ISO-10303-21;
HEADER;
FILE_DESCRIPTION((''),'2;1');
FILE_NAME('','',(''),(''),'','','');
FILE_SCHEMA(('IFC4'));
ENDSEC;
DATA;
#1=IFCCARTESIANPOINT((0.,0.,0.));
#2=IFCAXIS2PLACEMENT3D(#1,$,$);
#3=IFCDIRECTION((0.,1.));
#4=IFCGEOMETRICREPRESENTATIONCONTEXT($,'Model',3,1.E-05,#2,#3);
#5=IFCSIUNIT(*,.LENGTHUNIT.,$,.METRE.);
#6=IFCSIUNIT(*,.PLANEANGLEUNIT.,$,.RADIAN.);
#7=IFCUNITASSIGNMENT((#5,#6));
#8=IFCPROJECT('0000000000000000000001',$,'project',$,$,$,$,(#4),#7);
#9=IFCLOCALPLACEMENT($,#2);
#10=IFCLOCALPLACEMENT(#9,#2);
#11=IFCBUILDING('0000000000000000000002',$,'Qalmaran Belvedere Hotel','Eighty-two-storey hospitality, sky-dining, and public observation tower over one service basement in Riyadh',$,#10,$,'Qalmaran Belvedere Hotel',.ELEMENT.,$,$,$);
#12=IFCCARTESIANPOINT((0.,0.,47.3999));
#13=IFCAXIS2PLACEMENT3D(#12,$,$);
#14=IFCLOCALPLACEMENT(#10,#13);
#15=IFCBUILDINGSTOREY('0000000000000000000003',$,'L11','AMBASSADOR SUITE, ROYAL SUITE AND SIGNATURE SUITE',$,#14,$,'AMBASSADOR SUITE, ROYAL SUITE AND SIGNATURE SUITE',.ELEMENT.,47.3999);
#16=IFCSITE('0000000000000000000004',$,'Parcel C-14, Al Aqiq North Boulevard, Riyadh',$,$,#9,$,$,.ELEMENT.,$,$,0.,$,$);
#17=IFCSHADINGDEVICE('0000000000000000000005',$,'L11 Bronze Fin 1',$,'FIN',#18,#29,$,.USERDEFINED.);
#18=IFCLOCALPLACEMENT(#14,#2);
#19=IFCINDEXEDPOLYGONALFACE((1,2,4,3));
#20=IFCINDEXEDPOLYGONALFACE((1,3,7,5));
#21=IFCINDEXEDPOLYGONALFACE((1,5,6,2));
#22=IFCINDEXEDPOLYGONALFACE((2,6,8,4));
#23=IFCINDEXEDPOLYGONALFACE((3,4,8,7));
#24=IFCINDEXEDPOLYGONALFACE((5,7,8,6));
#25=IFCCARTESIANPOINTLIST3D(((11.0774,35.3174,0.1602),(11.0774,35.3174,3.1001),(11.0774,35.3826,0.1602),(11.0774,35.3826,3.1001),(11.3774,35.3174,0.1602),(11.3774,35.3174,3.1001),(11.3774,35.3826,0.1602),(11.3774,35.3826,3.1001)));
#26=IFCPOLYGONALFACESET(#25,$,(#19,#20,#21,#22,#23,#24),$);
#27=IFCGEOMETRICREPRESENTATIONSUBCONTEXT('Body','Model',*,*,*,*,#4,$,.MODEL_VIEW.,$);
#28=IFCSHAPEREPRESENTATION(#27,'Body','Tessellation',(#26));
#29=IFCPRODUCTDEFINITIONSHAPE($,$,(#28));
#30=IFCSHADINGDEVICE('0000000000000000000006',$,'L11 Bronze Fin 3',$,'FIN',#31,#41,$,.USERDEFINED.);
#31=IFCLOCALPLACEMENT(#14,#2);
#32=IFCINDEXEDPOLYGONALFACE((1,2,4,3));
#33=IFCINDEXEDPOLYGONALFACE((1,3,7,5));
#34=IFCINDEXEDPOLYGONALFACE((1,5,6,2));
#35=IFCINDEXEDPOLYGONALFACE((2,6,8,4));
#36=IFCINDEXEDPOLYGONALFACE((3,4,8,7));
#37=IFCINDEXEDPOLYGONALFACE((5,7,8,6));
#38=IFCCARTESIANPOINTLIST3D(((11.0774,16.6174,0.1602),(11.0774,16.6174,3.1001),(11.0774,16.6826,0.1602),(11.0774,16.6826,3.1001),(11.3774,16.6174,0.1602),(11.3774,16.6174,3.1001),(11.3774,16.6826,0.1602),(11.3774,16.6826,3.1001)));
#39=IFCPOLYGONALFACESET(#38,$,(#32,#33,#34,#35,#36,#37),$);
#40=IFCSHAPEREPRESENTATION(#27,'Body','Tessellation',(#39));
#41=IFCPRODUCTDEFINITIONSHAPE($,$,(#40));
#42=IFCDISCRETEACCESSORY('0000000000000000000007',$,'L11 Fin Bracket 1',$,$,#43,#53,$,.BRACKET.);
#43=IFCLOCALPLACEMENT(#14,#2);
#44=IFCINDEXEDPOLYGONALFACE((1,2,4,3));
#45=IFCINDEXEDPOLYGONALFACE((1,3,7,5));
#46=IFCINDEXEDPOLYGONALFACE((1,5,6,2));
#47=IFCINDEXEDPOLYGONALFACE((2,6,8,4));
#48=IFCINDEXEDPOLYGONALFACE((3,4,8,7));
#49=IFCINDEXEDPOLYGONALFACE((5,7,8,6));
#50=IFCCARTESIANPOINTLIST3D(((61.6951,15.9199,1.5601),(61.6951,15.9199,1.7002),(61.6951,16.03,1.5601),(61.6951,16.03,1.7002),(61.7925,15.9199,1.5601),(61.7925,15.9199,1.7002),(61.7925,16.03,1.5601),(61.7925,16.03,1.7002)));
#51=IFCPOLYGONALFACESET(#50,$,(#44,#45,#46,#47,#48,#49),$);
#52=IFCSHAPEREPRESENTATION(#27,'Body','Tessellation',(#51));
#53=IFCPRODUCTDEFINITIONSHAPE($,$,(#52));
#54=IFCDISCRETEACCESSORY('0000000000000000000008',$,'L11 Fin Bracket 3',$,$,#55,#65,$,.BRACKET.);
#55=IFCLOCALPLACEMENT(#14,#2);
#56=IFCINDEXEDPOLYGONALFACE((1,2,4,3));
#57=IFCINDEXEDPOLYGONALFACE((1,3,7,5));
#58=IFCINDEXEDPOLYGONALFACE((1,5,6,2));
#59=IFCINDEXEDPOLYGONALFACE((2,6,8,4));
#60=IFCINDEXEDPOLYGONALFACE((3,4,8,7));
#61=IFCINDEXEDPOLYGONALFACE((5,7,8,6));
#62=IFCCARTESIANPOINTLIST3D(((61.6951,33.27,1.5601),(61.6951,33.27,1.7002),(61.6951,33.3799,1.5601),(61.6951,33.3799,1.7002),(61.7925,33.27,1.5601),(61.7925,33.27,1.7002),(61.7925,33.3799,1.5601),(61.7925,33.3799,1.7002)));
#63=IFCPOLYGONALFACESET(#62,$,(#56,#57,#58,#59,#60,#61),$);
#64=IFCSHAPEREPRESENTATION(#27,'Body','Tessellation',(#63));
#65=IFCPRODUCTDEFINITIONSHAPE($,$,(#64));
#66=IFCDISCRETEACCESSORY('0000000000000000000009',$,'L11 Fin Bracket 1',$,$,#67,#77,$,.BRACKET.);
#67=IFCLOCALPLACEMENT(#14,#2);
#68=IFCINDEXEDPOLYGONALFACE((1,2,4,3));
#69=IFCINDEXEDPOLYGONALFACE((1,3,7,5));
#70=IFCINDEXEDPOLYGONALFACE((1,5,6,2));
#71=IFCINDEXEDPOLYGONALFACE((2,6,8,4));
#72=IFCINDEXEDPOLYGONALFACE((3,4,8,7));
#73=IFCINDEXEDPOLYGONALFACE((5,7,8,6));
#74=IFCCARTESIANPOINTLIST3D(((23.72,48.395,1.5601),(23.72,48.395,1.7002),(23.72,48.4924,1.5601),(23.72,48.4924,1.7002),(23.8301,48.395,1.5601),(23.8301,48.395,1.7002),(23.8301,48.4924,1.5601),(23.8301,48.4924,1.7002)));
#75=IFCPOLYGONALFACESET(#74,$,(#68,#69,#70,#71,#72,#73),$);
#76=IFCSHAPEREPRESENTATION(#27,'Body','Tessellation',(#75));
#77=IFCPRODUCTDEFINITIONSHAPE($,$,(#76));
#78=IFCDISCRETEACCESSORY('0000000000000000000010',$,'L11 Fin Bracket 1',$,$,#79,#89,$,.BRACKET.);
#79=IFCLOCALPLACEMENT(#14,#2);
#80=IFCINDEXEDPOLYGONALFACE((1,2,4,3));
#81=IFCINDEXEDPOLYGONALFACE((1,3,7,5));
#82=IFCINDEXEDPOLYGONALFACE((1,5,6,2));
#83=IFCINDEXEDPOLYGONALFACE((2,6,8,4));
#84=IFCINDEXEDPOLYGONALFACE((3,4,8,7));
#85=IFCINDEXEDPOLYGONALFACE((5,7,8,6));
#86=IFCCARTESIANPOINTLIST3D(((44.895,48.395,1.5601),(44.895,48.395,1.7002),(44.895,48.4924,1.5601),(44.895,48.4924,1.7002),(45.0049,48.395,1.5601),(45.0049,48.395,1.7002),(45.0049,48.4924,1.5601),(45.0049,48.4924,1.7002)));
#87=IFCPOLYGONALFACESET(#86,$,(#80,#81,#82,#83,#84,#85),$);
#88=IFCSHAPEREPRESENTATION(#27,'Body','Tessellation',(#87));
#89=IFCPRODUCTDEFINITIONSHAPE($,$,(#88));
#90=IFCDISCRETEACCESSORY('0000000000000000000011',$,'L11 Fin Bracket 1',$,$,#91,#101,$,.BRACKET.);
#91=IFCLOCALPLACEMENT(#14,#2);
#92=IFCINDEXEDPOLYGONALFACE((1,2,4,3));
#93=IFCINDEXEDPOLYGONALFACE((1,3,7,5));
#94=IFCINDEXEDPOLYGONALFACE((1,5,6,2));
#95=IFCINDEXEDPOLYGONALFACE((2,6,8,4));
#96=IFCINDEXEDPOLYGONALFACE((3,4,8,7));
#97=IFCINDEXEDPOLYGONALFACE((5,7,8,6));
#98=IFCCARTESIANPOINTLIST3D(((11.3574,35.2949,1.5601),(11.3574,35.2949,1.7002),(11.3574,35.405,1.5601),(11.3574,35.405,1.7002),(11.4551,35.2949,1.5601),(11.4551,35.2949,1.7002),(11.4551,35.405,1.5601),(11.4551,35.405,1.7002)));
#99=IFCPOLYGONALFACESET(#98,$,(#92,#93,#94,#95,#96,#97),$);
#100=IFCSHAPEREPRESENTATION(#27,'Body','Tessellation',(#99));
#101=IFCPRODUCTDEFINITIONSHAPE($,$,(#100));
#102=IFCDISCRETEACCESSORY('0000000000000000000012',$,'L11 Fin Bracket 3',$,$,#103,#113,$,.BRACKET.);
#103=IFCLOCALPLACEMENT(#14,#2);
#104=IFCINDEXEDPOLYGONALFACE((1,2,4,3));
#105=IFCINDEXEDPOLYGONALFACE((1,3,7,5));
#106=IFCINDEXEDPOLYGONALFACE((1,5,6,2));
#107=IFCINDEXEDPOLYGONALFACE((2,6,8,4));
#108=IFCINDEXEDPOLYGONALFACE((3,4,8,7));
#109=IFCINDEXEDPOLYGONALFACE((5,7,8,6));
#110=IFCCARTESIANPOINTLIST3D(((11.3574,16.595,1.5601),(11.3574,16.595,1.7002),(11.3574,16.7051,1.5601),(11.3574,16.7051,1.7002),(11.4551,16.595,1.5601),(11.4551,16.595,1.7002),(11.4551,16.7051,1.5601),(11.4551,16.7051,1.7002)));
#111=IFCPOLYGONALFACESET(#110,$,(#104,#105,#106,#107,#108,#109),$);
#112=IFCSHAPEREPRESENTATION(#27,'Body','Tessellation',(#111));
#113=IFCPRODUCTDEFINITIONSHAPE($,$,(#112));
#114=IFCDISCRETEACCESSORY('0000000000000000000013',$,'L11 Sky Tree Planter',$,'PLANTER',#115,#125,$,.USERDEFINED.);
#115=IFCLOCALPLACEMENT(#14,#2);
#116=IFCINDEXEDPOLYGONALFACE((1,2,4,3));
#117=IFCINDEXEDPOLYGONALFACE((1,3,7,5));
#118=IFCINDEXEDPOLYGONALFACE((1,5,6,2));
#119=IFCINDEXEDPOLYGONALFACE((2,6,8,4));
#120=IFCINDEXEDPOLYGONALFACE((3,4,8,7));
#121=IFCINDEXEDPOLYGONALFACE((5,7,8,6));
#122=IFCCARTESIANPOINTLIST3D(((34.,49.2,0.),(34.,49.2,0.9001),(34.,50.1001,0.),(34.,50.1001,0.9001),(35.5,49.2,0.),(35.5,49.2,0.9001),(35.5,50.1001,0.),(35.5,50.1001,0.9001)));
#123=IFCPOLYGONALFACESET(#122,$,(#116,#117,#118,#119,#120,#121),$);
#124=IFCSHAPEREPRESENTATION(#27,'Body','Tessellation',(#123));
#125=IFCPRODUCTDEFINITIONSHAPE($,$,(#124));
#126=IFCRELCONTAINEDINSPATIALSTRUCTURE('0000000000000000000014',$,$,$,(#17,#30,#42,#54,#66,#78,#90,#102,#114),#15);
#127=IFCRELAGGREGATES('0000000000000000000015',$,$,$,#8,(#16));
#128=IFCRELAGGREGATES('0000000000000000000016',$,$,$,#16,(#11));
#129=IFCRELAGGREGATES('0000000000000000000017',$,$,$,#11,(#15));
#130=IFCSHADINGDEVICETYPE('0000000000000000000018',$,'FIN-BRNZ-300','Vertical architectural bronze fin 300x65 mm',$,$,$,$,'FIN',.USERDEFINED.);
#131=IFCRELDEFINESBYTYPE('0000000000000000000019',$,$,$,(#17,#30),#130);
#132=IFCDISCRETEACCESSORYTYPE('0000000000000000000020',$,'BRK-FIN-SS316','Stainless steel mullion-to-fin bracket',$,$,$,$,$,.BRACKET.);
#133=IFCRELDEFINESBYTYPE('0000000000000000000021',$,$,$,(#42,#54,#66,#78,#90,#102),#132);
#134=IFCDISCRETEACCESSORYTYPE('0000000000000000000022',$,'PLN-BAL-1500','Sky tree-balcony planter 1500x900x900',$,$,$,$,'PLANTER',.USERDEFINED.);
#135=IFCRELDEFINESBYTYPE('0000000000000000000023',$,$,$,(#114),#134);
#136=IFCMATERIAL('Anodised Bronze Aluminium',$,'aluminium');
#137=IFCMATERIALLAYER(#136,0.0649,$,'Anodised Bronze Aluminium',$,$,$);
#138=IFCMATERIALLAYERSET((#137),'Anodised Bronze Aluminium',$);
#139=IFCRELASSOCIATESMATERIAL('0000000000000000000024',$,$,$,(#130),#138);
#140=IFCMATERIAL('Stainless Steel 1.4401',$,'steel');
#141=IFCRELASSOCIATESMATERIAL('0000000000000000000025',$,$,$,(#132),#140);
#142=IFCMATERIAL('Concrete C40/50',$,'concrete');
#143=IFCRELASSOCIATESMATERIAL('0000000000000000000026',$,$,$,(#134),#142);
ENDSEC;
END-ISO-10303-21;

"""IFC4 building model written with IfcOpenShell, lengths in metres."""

from ifc_helpers import new_model, si_unit, direction, frame, origin, place, context, subcontext, project, spatial, polyline, outline, extrude, material, layer, layer_set, type_object, element, save


model = new_model("IFC4")

# Units and contexts
model_context = context("Model", 3, precision=1e-05, world=origin(), true_north=direction((0.0, 1.0)))
body_context = subcontext(model_context, "Body", "Model", "MODEL_VIEW")
ifc_project = project(units=[si_unit("LENGTHUNIT", "METRE"), si_unit("PLANEANGLEUNIT", "RADIAN")], contexts=[model_context])

# Site, building, storey
site_placement = place(None, origin())
site = spatial("IfcSite", under=ifc_project, at=site_placement, Name="Parcel C-14, Al Aqiq North Boulevard, Riyadh", CompositionType="ELEMENT", RefElevation=0.0)
building_placement = place(site_placement, origin())
building = spatial("IfcBuilding", under=site, at=building_placement, Name="Qalmaran Belvedere Hotel", Description="Eighty-two-storey hospitality, sky-dining, and public observation tower over one service basement in Riyadh", LongName="Qalmaran Belvedere Hotel", CompositionType="ELEMENT")
storey_placement = place(building_placement, frame((0.0, 0.0, 47.3999)))
storey = spatial("IfcBuildingStorey", under=building, at=storey_placement, Name="L11", Description="AMBASSADOR SUITE, ROYAL SUITE AND SIGNATURE SUITE", LongName="AMBASSADOR SUITE, ROYAL SUITE AND SIGNATURE SUITE", CompositionType="ELEMENT", Elevation=47.3999)

# Shared definitions
ifc_material_1 = material(Name="Anodised Bronze Aluminium", Category="aluminium")

# Shared definitions
ifc_material_2 = material(Name="Concrete C40/50", Category="concrete")

# Shading devices
ifc_layer_1 = layer(ifc_material_1, 0.0649, Name="Anodised Bronze Aluminium")
ifc_layer_set_1 = layer_set([ifc_layer_1], Name="Anodised Bronze Aluminium")
shading_device_type = type_object("IfcShadingDeviceType", Name="FIN-BRNZ-300", Description="Vertical architectural bronze fin 300x65 mm", ElementType="FIN", PredefinedType="USERDEFINED", material=ifc_layer_set_1)
shading_device_1_placement = place(storey_placement, frame((0.0, 0.0, 0.1602)))
element("IfcShadingDevice", 1, at=shading_device_1_placement, inside=storey, type_object=shading_device_type, Name="L11 Bronze Fin 1", ObjectType="FIN", PredefinedType="USERDEFINED", context=body_context, shape_type="SweptSolid", body=[
    extrude(outline(polyline([(11.3774, 35.3826), (11.0774, 35.3826), (11.0774, 35.3174), (11.3774, 35.3174), (11.3774, 35.3826)])), origin(), (0.0, 0.0, 1.0), 2.9399),
])
shading_device_2_placement = place(storey_placement, frame((0.0, 0.0, 0.1602)))
element("IfcShadingDevice", 2, at=shading_device_2_placement, inside=storey, type_object=shading_device_type, Name="L11 Bronze Fin 3", ObjectType="FIN", PredefinedType="USERDEFINED", context=body_context, shape_type="SweptSolid", body=[
    extrude(outline(polyline([(11.3774, 16.6826), (11.0774, 16.6826), (11.0774, 16.6174), (11.3774, 16.6174), (11.3774, 16.6826)])), origin(), (0.0, 0.0, 1.0), 2.9399),
])

# Discrete accessories
ifc_material_3 = material(Name="Stainless Steel 1.4401", Category="steel")
discrete_accessory_type_1 = type_object("IfcDiscreteAccessoryType", Name="BRK-FIN-SS316", Description="Stainless steel mullion-to-fin bracket", PredefinedType="BRACKET", material=ifc_material_3)
discrete_accessory_1_placement = place(storey_placement, frame((0.0, 0.0, 1.5601)))
element("IfcDiscreteAccessory", 3, at=discrete_accessory_1_placement, inside=storey, type_object=discrete_accessory_type_1, Name="L11 Fin Bracket 1", PredefinedType="BRACKET", context=body_context, shape_type="SweptSolid", body=[
    extrude(outline(polyline([(61.6951, 15.9199), (61.7925, 15.9199), (61.7925, 16.03), (61.6951, 16.03), (61.6951, 15.9199)])), origin(), (0.0, 0.0, 1.0), 0.1401),
])
discrete_accessory_2_placement = place(storey_placement, frame((0.0, 0.0, 1.5601)))
element("IfcDiscreteAccessory", 4, at=discrete_accessory_2_placement, inside=storey, type_object=discrete_accessory_type_1, Name="L11 Fin Bracket 3", PredefinedType="BRACKET", context=body_context, shape_type="SweptSolid", body=[
    extrude(outline(polyline([(61.6951, 33.27), (61.7925, 33.27), (61.7925, 33.3799), (61.6951, 33.3799), (61.6951, 33.27)])), origin(), (0.0, 0.0, 1.0), 0.1401),
])
discrete_accessory_3_placement = place(storey_placement, frame((0.0, 0.0, 1.5601)))
element("IfcDiscreteAccessory", 5, at=discrete_accessory_3_placement, inside=storey, type_object=discrete_accessory_type_1, Name="L11 Fin Bracket 1", PredefinedType="BRACKET", context=body_context, shape_type="SweptSolid", body=[
    extrude(outline(polyline([(23.8301, 48.395), (23.8301, 48.4924), (23.72, 48.4924), (23.72, 48.395), (23.8301, 48.395)])), origin(), (0.0, 0.0, 1.0), 0.1401),
])
discrete_accessory_4_placement = place(storey_placement, frame((0.0, 0.0, 1.5601)))
element("IfcDiscreteAccessory", 6, at=discrete_accessory_4_placement, inside=storey, type_object=discrete_accessory_type_1, Name="L11 Fin Bracket 1", PredefinedType="BRACKET", context=body_context, shape_type="SweptSolid", body=[
    extrude(outline(polyline([(45.0049, 48.395), (45.0049, 48.4924), (44.895, 48.4924), (44.895, 48.395), (45.0049, 48.395)])), origin(), (0.0, 0.0, 1.0), 0.1401),
])
discrete_accessory_5_placement = place(storey_placement, frame((0.0, 0.0, 1.5601)))
element("IfcDiscreteAccessory", 7, at=discrete_accessory_5_placement, inside=storey, type_object=discrete_accessory_type_1, Name="L11 Fin Bracket 1", PredefinedType="BRACKET", context=body_context, shape_type="SweptSolid", body=[
    extrude(outline(polyline([(11.4551, 35.405), (11.3574, 35.405), (11.3574, 35.2949), (11.4551, 35.2949), (11.4551, 35.405)])), origin(), (0.0, 0.0, 1.0), 0.1401),
])
discrete_accessory_6_placement = place(storey_placement, frame((0.0, 0.0, 1.5601)))
element("IfcDiscreteAccessory", 8, at=discrete_accessory_6_placement, inside=storey, type_object=discrete_accessory_type_1, Name="L11 Fin Bracket 3", PredefinedType="BRACKET", context=body_context, shape_type="SweptSolid", body=[
    extrude(outline(polyline([(11.4551, 16.7051), (11.3574, 16.7051), (11.3574, 16.595), (11.4551, 16.595), (11.4551, 16.7051)])), origin(), (0.0, 0.0, 1.0), 0.1401),
])
discrete_accessory_type_2 = type_object("IfcDiscreteAccessoryType", Name="PLN-BAL-1500", Description="Sky tree-balcony planter 1500x900x900", ElementType="PLANTER", PredefinedType="USERDEFINED", material=ifc_material_2)
discrete_accessory_7_placement = place(storey_placement, origin())
element("IfcDiscreteAccessory", 9, at=discrete_accessory_7_placement, inside=storey, type_object=discrete_accessory_type_2, Name="L11 Sky Tree Planter", ObjectType="PLANTER", PredefinedType="USERDEFINED", context=body_context, shape_type="SweptSolid", body=[
    extrude(outline(polyline([(34.0, 49.2), (35.5, 49.2), (35.5, 50.1001), (34.0, 50.1001), (34.0, 49.2)])), origin(), (0.0, 0.0, 1.0), 0.9001),
])

save(model, "model.ifc")
